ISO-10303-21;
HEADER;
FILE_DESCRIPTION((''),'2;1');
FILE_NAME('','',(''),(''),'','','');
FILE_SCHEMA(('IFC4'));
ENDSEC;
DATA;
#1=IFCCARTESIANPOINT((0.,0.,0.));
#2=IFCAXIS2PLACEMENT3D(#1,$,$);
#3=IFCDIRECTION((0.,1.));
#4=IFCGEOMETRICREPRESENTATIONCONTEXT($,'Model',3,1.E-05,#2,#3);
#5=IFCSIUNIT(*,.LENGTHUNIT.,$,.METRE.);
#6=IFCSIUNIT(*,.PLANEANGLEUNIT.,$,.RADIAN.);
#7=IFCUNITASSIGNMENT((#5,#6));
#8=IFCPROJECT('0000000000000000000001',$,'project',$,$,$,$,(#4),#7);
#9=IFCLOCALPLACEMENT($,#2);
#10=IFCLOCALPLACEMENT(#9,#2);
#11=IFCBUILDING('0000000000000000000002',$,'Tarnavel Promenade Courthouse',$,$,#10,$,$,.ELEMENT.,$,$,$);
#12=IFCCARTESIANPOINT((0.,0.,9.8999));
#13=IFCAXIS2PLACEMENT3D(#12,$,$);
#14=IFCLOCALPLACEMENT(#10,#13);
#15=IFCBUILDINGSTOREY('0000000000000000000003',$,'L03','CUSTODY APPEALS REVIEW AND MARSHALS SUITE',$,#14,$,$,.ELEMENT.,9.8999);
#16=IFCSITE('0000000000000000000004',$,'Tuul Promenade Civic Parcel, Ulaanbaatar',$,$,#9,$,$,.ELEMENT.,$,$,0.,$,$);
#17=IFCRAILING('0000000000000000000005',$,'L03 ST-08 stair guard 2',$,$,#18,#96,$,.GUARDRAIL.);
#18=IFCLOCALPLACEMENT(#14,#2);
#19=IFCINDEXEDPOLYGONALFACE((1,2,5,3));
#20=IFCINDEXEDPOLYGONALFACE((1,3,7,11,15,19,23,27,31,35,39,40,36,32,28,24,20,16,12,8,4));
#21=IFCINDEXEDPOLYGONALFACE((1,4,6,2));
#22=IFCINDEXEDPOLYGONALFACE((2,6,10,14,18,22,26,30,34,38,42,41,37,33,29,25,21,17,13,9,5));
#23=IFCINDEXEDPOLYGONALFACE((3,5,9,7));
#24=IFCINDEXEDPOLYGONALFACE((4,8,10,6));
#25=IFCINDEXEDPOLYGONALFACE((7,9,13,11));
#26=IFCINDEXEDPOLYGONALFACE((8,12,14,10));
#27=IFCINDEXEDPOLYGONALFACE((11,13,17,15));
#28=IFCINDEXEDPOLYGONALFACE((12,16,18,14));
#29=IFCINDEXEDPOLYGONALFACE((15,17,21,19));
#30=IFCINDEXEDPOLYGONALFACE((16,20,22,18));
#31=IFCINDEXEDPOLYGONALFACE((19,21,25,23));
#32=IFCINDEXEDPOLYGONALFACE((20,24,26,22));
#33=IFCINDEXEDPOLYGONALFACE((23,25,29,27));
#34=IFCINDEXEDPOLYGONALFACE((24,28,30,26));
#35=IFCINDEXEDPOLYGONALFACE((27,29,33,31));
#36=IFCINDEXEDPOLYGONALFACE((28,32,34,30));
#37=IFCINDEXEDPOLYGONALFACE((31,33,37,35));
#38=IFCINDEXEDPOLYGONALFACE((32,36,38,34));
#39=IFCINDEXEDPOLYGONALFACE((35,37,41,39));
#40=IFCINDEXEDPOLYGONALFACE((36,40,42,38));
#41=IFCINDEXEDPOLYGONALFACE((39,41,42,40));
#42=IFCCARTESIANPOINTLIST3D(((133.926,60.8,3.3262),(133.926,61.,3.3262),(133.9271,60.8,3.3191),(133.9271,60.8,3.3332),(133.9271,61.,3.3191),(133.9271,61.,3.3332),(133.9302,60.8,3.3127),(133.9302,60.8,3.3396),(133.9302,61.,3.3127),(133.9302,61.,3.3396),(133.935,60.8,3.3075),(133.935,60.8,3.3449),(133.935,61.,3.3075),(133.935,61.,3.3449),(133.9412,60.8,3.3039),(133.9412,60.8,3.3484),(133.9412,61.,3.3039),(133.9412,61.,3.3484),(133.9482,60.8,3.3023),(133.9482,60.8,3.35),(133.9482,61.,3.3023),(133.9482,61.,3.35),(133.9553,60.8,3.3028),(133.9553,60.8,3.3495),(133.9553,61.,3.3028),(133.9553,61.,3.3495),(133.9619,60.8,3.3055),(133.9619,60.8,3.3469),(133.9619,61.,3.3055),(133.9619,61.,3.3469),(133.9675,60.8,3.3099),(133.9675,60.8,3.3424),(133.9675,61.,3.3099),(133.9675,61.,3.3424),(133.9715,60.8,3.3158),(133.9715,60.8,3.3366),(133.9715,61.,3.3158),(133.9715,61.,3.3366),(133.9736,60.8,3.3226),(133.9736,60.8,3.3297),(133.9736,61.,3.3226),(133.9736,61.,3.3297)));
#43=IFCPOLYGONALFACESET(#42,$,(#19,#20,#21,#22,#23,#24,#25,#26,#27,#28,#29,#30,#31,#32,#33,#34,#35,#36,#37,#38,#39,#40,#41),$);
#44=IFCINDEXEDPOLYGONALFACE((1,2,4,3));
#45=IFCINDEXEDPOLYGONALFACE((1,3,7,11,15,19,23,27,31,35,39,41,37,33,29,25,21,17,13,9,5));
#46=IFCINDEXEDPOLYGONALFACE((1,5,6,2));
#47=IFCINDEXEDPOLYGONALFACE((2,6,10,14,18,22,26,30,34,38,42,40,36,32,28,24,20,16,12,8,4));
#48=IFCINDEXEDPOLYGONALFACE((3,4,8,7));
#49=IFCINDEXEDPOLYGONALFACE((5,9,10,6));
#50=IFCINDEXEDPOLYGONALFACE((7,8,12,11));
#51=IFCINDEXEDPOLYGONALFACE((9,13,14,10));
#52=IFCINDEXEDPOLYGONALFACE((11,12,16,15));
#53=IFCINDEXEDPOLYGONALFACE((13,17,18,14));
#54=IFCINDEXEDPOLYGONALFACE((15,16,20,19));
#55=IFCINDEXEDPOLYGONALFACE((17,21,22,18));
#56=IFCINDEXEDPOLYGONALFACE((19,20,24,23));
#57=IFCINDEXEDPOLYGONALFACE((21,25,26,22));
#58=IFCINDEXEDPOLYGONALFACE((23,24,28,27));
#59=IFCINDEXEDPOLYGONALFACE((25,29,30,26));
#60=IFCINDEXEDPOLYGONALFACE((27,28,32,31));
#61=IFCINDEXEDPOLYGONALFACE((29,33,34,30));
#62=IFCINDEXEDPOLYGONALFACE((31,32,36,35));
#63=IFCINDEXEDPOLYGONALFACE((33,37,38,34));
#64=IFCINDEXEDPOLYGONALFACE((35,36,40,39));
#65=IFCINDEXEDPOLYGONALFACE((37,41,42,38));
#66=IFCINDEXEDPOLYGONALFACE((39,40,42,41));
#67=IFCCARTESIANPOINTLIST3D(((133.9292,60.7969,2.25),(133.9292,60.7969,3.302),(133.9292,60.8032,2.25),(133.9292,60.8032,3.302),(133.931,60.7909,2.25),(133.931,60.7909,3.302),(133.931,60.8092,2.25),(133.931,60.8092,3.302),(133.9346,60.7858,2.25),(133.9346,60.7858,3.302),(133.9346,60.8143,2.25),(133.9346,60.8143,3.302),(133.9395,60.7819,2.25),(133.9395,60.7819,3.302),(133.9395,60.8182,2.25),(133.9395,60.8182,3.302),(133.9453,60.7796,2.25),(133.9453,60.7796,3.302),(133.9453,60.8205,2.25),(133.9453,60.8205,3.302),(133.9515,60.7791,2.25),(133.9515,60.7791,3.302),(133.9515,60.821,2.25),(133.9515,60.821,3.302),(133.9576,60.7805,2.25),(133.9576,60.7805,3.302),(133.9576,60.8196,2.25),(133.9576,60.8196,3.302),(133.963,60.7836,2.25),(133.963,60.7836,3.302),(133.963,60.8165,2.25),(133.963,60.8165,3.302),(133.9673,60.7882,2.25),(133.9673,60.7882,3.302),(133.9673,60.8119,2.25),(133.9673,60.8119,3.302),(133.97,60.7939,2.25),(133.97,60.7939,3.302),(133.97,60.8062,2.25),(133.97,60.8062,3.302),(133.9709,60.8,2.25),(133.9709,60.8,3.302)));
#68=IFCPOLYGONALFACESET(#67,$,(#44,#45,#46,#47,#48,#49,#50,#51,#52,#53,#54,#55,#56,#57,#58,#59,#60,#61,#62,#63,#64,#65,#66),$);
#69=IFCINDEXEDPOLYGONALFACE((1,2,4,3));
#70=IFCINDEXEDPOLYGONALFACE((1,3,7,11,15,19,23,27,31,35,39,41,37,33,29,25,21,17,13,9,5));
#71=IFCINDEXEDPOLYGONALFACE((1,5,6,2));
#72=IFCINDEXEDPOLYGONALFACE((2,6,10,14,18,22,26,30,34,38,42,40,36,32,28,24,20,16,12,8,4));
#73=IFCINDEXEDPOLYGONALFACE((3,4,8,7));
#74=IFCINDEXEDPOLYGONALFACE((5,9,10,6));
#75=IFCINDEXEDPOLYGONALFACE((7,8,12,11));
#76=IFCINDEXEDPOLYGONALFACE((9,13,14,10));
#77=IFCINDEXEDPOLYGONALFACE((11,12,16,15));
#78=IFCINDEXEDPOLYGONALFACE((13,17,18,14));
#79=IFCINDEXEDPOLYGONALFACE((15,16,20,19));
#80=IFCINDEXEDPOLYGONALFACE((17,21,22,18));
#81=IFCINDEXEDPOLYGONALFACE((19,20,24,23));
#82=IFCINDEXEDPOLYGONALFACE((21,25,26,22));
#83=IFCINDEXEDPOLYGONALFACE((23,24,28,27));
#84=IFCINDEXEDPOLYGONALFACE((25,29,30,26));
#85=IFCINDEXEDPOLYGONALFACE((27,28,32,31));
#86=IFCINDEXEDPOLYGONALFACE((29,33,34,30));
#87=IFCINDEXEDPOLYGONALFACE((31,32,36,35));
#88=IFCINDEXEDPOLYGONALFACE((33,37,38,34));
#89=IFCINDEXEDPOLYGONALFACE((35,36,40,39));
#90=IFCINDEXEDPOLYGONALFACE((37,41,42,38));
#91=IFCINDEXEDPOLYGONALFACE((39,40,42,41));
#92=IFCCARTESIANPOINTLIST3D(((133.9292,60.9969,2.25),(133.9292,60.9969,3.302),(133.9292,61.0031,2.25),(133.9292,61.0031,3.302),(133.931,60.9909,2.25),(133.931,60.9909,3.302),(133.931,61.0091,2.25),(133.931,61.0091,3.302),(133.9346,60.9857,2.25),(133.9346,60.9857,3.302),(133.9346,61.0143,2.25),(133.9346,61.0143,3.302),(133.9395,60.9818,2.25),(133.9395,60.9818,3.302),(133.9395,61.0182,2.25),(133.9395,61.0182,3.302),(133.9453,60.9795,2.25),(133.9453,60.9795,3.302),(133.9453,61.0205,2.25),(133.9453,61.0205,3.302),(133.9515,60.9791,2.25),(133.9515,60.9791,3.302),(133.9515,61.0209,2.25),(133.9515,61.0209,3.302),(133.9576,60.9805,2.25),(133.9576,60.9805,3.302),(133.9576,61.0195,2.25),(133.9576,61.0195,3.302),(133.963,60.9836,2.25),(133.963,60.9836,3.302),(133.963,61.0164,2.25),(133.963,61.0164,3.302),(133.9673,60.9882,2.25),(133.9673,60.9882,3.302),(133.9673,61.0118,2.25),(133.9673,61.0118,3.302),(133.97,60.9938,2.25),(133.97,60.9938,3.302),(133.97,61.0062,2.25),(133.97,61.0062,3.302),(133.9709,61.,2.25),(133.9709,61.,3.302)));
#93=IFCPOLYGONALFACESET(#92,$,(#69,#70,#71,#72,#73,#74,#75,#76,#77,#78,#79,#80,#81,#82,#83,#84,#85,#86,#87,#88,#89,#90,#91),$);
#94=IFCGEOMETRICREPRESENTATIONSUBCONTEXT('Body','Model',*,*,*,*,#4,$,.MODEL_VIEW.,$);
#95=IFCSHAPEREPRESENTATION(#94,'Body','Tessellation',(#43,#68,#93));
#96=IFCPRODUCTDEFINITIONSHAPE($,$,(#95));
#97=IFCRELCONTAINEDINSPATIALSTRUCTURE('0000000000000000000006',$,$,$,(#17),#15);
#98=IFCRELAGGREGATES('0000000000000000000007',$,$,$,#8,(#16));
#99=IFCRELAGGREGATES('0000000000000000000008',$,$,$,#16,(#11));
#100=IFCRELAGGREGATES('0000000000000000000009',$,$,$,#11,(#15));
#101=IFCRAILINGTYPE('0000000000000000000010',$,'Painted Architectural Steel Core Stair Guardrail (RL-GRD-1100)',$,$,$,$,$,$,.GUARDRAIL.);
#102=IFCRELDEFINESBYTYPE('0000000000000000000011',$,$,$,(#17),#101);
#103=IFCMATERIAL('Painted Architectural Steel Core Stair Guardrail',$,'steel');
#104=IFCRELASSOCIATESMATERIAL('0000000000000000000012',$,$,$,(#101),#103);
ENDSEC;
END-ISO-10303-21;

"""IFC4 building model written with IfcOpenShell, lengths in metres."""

from ifc_helpers import new_model, si_unit, direction, frame, origin, origin_2d, place, context, subcontext, project, spatial, circle, extrude, material, type_object, element, save


model = new_model("IFC4")

# Units and contexts
model_context = context("Model", 3, precision=1e-05, world=origin(), true_north=direction((0.0, 1.0)))
body_context = subcontext(model_context, "Body", "Model", "MODEL_VIEW")
ifc_project = project(units=[si_unit("LENGTHUNIT", "METRE"), si_unit("PLANEANGLEUNIT", "RADIAN")], contexts=[model_context])

# Site, building, storey
site_placement = place(None, origin())
site = spatial("IfcSite", under=ifc_project, at=site_placement, Name="Tuul Promenade Civic Parcel, Ulaanbaatar", CompositionType="ELEMENT", RefElevation=0.0)
building_placement = place(site_placement, origin())
building = spatial("IfcBuilding", under=site, at=building_placement, Name="Tarnavel Promenade Courthouse", CompositionType="ELEMENT")
storey_placement = place(building_placement, frame((0.0, 0.0, 9.8999)))
storey = spatial("IfcBuildingStorey", under=building, at=storey_placement, Name="L03", Description="CUSTODY APPEALS REVIEW AND MARSHALS SUITE", CompositionType="ELEMENT", Elevation=9.8999)

# Railing
ifc_material_1 = material(Name="Painted Architectural Steel Core Stair Guardrail", Category="steel")
railing_type_1 = type_object("IfcRailingType", Name="Painted Architectural Steel Core Stair Guardrail (RL-GRD-1100)", PredefinedType="GUARDRAIL", material=ifc_material_1)
railing_1_placement = place(storey_placement, frame((133.95, 60.8, 2.25)))
element("IfcRailing", 1, at=railing_1_placement, inside=storey, type_object=railing_type_1, Name="L03 ST-08 stair guard 2", PredefinedType="GUARDRAIL", context=body_context, shape_type="SweptSolid", body=[
    extrude(circle(Radius=0.0239, at=origin_2d()), frame((0.0, 0.0, 1.0762), z_axis=(0.0, 1.0, 0.0), x_axis=(-1.0, 0.0, 0.0)), (0.0, 0.0, 1.0), 0.2),
    extrude(circle(Radius=0.021, at=origin_2d()), origin(), (0.0, 0.0, 1.0), 1.052),
    extrude(circle(Radius=0.021, at=origin_2d()), frame((0.0, 0.2, 0.0)), (0.0, 0.0, 1.0), 1.052),
])

save(model, "model.ifc")
